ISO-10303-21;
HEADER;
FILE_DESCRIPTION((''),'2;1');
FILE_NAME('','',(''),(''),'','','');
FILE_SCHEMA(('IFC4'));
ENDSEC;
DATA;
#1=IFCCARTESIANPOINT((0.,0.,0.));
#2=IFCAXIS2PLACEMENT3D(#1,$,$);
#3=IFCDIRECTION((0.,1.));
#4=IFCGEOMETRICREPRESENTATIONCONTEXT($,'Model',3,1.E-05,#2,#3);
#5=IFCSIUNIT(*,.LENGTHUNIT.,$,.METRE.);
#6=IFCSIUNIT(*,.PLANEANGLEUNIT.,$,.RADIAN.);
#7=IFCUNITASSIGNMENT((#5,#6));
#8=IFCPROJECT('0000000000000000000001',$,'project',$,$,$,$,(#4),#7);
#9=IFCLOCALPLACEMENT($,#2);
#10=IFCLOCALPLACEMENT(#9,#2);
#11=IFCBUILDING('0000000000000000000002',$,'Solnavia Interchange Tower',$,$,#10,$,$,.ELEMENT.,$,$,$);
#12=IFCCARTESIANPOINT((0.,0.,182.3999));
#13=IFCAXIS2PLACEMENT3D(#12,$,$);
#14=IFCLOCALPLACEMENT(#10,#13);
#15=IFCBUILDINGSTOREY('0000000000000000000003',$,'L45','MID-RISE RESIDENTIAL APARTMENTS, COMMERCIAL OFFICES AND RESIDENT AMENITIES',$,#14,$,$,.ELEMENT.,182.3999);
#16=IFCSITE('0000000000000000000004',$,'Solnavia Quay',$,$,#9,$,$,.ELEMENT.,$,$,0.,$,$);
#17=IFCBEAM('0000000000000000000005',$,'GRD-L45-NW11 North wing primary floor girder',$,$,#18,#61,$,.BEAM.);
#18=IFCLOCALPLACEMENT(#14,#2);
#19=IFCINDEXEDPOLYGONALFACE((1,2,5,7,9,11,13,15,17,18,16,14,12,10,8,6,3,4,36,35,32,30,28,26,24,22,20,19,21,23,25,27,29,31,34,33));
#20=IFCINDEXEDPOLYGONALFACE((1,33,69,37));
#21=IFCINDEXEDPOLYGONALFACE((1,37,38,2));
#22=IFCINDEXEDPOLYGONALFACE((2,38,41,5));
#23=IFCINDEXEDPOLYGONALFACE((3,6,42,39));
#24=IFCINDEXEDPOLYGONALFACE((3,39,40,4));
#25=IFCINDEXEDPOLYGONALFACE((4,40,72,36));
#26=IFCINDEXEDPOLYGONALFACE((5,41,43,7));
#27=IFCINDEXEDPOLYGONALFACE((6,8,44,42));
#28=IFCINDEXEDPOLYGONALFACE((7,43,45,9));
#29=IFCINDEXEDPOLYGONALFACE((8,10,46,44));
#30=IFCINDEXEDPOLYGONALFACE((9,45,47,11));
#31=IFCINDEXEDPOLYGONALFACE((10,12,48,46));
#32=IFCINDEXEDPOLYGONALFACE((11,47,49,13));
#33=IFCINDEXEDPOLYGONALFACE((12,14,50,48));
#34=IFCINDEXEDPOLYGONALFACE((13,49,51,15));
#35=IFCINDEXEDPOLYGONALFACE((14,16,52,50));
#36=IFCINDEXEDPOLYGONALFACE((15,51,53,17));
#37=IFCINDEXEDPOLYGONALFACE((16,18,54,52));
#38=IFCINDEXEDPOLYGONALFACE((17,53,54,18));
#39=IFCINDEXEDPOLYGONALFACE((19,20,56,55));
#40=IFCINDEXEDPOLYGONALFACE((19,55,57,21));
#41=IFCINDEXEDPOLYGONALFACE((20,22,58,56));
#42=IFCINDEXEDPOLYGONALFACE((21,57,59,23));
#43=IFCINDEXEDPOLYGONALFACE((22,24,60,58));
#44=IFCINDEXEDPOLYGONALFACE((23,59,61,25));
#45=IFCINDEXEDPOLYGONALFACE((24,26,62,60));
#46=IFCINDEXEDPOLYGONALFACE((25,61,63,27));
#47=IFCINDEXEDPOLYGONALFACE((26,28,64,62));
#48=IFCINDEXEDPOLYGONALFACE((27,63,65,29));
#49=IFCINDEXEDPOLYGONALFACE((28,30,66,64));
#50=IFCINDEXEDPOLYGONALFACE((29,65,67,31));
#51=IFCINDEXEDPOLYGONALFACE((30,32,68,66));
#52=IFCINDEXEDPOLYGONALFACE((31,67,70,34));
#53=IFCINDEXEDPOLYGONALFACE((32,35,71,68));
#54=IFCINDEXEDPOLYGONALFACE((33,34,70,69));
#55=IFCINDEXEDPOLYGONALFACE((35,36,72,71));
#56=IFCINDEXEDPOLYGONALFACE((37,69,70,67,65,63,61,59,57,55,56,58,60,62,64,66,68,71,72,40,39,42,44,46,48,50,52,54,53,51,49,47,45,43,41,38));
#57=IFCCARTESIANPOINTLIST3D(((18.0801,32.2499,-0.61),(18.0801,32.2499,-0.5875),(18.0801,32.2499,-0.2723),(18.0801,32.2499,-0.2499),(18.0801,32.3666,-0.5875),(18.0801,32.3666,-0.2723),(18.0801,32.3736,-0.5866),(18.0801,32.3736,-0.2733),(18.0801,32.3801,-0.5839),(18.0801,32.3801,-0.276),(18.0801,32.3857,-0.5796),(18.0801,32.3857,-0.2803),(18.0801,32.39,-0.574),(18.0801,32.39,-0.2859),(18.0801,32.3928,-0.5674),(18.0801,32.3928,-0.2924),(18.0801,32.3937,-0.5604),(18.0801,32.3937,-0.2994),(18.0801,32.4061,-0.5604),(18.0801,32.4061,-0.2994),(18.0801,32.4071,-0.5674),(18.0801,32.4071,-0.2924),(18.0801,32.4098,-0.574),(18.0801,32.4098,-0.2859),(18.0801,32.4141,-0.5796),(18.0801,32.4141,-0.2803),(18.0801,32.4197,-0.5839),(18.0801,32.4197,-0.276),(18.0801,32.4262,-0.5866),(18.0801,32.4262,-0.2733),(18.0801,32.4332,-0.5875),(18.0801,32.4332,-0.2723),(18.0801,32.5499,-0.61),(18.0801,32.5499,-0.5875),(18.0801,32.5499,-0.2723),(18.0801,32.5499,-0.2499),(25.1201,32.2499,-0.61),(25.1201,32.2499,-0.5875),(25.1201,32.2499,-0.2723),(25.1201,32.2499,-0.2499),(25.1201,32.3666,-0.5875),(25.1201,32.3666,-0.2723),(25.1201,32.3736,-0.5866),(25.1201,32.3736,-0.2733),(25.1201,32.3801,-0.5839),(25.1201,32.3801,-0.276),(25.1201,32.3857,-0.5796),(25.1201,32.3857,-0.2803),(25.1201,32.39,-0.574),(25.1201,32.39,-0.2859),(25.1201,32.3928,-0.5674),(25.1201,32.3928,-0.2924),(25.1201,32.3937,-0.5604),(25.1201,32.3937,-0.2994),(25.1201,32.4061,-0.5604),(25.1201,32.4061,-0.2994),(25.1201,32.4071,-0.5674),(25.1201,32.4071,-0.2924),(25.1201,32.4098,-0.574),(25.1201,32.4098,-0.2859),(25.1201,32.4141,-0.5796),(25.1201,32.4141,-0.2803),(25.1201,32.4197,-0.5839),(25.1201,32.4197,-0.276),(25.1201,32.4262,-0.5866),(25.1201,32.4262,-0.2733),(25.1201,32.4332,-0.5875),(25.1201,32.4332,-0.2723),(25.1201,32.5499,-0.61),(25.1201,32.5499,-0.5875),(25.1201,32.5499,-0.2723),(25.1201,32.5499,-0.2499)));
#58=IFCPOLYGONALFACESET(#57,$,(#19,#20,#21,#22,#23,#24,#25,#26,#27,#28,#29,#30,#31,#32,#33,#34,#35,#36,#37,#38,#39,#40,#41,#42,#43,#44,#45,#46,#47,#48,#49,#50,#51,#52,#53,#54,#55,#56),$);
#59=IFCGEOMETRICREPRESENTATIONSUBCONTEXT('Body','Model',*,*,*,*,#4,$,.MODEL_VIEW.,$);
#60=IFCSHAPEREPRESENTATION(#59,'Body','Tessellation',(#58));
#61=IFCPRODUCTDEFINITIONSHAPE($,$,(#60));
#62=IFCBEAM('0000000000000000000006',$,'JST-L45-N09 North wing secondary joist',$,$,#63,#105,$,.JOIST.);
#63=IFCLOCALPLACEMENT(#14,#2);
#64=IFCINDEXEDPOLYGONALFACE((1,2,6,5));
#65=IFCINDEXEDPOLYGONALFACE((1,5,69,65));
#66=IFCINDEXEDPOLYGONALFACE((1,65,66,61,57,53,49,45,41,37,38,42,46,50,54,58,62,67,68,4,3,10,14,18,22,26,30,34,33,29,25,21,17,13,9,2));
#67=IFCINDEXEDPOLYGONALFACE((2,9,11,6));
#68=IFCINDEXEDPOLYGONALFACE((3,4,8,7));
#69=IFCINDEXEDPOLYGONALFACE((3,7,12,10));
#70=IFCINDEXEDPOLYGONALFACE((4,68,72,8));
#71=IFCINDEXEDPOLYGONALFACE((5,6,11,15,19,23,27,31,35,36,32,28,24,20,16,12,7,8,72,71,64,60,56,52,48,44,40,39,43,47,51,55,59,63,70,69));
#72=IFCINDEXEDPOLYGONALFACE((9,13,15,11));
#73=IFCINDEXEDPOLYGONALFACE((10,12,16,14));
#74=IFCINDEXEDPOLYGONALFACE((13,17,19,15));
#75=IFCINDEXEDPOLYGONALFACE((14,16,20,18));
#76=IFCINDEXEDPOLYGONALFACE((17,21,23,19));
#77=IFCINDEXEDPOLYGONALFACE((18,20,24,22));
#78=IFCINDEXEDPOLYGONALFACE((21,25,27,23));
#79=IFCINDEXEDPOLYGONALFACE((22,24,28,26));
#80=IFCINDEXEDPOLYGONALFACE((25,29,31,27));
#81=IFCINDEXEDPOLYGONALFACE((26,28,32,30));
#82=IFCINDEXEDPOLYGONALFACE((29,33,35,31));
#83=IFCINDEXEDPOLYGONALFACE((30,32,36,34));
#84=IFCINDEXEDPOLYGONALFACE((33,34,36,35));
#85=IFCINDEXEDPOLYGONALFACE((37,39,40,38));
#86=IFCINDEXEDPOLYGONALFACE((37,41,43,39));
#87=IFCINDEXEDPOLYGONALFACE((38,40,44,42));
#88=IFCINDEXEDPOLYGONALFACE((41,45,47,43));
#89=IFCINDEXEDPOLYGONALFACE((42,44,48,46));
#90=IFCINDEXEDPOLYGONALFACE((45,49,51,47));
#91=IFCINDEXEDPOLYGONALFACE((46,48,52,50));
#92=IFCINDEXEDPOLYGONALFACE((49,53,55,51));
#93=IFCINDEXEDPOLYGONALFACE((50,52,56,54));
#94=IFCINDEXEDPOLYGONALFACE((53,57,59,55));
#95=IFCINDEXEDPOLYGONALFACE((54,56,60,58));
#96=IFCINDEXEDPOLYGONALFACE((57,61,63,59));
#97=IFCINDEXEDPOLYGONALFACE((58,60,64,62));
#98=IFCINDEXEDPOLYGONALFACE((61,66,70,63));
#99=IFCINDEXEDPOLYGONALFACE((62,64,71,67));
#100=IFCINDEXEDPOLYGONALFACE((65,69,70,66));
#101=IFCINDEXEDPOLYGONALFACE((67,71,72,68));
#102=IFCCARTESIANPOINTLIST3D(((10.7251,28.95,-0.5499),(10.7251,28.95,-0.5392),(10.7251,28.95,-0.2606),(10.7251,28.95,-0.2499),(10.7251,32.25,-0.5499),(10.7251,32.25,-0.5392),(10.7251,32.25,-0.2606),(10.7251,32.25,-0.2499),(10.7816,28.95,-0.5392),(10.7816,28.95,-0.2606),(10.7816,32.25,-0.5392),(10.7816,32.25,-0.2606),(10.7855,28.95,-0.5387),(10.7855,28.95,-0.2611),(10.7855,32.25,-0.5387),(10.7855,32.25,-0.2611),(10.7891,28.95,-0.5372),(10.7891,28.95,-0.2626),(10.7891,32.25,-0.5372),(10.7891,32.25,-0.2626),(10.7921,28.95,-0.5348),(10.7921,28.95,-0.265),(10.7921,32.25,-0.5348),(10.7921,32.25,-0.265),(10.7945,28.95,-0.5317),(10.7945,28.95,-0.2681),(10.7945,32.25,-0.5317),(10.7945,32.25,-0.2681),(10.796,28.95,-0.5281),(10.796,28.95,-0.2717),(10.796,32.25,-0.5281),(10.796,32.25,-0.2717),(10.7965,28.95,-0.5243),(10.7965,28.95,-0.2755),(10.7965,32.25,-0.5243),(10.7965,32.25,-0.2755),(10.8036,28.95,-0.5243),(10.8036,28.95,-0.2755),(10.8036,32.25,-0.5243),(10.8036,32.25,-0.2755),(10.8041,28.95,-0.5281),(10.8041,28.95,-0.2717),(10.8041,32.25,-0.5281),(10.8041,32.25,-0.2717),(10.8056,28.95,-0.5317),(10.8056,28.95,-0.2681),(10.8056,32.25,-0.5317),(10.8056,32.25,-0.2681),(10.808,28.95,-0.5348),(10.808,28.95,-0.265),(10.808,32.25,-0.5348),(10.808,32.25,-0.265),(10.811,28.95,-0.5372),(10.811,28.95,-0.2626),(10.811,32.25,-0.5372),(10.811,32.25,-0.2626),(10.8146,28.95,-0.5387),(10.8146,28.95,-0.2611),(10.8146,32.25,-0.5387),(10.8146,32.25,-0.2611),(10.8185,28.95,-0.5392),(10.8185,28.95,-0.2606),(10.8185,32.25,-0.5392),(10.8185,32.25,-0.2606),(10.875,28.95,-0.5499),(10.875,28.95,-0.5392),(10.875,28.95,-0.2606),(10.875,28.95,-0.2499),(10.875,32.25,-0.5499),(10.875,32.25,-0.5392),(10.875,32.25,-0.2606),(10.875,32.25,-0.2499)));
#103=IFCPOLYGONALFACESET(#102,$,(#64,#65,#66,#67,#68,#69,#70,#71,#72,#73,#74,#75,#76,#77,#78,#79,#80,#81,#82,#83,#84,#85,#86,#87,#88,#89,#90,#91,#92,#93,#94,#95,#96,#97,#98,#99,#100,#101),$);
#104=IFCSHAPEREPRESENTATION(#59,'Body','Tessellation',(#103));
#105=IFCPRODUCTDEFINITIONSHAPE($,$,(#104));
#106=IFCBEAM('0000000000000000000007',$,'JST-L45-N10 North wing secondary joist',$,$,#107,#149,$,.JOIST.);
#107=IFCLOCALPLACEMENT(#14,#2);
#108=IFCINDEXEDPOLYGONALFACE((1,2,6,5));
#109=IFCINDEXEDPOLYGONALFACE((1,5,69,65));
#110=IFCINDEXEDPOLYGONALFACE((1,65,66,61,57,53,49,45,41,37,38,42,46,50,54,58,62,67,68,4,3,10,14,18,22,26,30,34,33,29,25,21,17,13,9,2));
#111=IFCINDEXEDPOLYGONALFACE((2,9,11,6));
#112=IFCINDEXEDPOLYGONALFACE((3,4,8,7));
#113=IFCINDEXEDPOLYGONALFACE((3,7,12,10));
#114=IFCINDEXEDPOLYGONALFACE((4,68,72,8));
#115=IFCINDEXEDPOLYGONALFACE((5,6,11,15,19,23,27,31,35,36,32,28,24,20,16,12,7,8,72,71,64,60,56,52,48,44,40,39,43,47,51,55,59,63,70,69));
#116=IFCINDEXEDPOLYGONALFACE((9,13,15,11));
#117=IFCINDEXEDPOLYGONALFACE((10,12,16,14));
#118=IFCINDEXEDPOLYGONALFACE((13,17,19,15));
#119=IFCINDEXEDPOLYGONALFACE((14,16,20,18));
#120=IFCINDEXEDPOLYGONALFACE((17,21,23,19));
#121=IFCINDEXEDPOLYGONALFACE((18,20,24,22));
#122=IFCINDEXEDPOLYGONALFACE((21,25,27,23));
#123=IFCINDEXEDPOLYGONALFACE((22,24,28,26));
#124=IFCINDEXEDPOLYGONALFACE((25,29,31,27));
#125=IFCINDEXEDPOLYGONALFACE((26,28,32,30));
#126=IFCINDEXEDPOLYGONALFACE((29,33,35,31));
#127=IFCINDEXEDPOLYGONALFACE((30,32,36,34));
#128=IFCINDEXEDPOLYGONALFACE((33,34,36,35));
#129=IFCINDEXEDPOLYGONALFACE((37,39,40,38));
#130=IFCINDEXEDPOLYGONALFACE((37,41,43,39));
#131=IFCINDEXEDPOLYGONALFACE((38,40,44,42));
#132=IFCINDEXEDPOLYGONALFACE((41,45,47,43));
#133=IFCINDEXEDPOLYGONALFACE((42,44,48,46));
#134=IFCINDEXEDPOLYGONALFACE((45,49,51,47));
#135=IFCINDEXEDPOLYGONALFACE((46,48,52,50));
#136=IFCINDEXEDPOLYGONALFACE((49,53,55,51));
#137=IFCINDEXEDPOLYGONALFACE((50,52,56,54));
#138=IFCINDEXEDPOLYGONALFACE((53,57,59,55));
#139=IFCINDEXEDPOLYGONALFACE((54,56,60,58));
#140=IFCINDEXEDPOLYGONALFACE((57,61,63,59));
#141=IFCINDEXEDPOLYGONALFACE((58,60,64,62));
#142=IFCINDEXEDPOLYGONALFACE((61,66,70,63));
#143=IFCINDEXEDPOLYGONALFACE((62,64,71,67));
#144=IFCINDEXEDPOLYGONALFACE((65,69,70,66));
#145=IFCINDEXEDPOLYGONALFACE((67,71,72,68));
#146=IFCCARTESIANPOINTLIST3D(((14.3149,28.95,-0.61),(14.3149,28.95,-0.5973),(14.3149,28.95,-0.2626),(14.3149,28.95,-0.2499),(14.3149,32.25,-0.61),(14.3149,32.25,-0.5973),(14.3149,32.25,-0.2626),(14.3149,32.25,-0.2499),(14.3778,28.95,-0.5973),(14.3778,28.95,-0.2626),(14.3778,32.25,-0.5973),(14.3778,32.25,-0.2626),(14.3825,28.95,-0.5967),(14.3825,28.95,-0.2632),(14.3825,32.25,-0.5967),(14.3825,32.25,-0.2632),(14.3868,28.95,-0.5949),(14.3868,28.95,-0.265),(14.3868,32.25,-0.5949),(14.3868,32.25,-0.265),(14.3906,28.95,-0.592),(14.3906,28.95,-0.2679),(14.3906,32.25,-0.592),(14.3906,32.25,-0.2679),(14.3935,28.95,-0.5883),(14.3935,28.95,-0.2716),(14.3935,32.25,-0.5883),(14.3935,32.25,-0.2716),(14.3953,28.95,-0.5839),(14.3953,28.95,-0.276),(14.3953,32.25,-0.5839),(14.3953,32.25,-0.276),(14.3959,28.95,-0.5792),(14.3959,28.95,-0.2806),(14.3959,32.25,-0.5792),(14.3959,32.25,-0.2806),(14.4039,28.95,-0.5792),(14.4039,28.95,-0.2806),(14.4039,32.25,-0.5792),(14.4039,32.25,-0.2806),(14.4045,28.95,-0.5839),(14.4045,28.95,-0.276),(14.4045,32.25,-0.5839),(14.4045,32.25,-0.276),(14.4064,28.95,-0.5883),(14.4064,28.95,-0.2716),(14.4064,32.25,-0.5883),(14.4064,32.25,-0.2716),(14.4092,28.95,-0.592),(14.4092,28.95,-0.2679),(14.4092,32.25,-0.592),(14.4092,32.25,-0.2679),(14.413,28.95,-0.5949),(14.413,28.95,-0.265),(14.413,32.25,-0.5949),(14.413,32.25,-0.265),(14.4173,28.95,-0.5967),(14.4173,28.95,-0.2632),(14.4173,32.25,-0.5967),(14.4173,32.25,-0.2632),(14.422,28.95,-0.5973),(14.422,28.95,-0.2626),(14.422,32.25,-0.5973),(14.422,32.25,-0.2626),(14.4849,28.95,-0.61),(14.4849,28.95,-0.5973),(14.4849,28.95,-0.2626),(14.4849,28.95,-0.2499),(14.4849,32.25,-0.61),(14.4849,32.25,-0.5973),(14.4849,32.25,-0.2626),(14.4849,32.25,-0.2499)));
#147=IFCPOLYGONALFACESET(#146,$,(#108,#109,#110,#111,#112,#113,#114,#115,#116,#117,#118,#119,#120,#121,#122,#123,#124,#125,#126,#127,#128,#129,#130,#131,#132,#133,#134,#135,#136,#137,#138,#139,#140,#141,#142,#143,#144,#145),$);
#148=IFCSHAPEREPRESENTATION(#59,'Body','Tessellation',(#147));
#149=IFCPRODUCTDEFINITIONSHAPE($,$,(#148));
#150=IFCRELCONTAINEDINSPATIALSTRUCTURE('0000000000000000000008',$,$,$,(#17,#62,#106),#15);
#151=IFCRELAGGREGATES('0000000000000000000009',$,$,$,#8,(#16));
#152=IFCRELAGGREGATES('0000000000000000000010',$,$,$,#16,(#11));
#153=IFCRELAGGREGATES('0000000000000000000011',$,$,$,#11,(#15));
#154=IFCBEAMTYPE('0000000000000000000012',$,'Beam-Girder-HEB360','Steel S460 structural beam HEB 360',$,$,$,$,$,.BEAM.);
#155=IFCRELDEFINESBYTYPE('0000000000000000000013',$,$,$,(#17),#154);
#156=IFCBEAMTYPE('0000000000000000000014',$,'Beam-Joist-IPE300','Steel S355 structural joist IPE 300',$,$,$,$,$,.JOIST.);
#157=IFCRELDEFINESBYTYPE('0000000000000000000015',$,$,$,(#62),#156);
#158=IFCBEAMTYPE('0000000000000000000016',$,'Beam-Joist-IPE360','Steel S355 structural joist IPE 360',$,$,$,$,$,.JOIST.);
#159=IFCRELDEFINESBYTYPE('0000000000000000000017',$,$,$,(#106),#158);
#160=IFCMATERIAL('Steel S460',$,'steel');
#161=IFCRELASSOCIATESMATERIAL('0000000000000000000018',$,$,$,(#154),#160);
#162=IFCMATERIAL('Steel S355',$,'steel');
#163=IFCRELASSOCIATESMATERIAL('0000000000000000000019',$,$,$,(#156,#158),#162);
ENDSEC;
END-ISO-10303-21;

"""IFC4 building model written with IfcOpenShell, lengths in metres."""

from ifc_helpers import new_model, si_unit, direction, frame, origin, origin_2d, place, context, subcontext, project, spatial, i_section, extrude, material, material_profile, profile_set, type_object, element, save


model = new_model("IFC4")

# Units and contexts
model_context = context("Model", 3, precision=1e-05, world=origin(), true_north=direction((0.0, 1.0)))
body_context = subcontext(model_context, "Body", "Model", "MODEL_VIEW")
ifc_project = project(units=[si_unit("LENGTHUNIT", "METRE"), si_unit("PLANEANGLEUNIT", "RADIAN")], contexts=[model_context])

# Site, building, storey
site_placement = place(None, origin())
site = spatial("IfcSite", under=ifc_project, at=site_placement, Name="Solnavia Quay", CompositionType="ELEMENT", RefElevation=0.0)
building_placement = place(site_placement, origin())
building = spatial("IfcBuilding", under=site, at=building_placement, Name="Solnavia Interchange Tower", CompositionType="ELEMENT")
storey_placement = place(building_placement, frame((0.0, 0.0, 182.3999)))
storey = spatial("IfcBuildingStorey", under=building, at=storey_placement, Name="L45", Description="MID-RISE RESIDENTIAL APARTMENTS, COMMERCIAL OFFICES AND RESIDENT AMENITIES", CompositionType="ELEMENT", Elevation=182.3999)

# Shared definitions
ifc_material_1 = material(Name="Steel S355", Category="steel")

# Beams
ifc_material_2 = material(Name="Steel S460", Category="steel")
ifc_material_profile_1 = material_profile(ifc_material_2, i_section(OverallWidth=0.3, OverallDepth=0.3601, WebThickness=0.0125, FlangeThickness=0.0225, FilletRadius=0.0271, at=origin_2d()), Name="HEB 360")
ifc_profile_set_1 = profile_set([ifc_material_profile_1], Name="Steel S460")
beam_type_1 = type_object("IfcBeamType", Name="Beam-Girder-HEB360", Description="Steel S460 structural beam HEB 360", PredefinedType="BEAM", material=ifc_profile_set_1)
beam_1_placement = place(storey_placement, frame((18.0801, 32.3999, -0.4299), z_axis=(1.0, 0.0, 0.0), x_axis=(0.0, 1.0, 0.0)))
element("IfcBeam", 1, at=beam_1_placement, inside=storey, type_object=beam_type_1, Name="GRD-L45-NW11 North wing primary floor girder", PredefinedType="BEAM", context=body_context, shape_type="SweptSolid", body=[
    extrude(i_section(OverallWidth=0.3, OverallDepth=0.3601, WebThickness=0.0125, FlangeThickness=0.0225, FilletRadius=0.0271, at=origin_2d()), origin(), (0.0, 0.0, 1.0), 7.04),
])
ifc_material_profile_2 = material_profile(ifc_material_1, i_section(OverallWidth=0.1499, OverallDepth=0.3, WebThickness=0.0071, FlangeThickness=0.0107, FilletRadius=0.0149, at=origin_2d()), Name="IPE 300")
ifc_profile_set_2 = profile_set([ifc_material_profile_2], Name="Steel S355")
beam_type_2 = type_object("IfcBeamType", Name="Beam-Joist-IPE300", Description="Steel S355 structural joist IPE 300", PredefinedType="JOIST", material=ifc_profile_set_2)
beam_2_placement = place(storey_placement, frame((10.8, 28.95, -0.3999), z_axis=(0.0, 1.0, 0.0), x_axis=(-1.0, 0.0, 0.0)))
element("IfcBeam", 2, at=beam_2_placement, inside=storey, type_object=beam_type_2, Name="JST-L45-N09 North wing secondary joist", PredefinedType="JOIST", context=body_context, shape_type="SweptSolid", body=[
    extrude(i_section(OverallWidth=0.1499, OverallDepth=0.3, WebThickness=0.0071, FlangeThickness=0.0107, FilletRadius=0.0149, at=origin_2d()), origin(), (0.0, 0.0, 1.0), 3.3),
])
ifc_material_profile_3 = material_profile(ifc_material_1, i_section(OverallWidth=0.1699, OverallDepth=0.3601, WebThickness=0.0081, FlangeThickness=0.0127, FilletRadius=0.0181, at=origin_2d()), Name="IPE 360")
ifc_profile_set_3 = profile_set([ifc_material_profile_3], Name="Steel S355")
beam_type_3 = type_object("IfcBeamType", Name="Beam-Joist-IPE360", Description="Steel S355 structural joist IPE 360", PredefinedType="JOIST", material=ifc_profile_set_3)
beam_3_placement = place(storey_placement, frame((14.3999, 28.95, -0.4299), z_axis=(0.0, 1.0, 0.0), x_axis=(-1.0, 0.0, 0.0)))
element("IfcBeam", 3, at=beam_3_placement, inside=storey, type_object=beam_type_3, Name="JST-L45-N10 North wing secondary joist", PredefinedType="JOIST", context=body_context, shape_type="SweptSolid", body=[
    extrude(i_section(OverallWidth=0.1699, OverallDepth=0.3601, WebThickness=0.0081, FlangeThickness=0.0127, FilletRadius=0.0181, at=origin_2d()), origin(), (0.0, 0.0, 1.0), 3.3),
])

save(model, "model.ifc")
